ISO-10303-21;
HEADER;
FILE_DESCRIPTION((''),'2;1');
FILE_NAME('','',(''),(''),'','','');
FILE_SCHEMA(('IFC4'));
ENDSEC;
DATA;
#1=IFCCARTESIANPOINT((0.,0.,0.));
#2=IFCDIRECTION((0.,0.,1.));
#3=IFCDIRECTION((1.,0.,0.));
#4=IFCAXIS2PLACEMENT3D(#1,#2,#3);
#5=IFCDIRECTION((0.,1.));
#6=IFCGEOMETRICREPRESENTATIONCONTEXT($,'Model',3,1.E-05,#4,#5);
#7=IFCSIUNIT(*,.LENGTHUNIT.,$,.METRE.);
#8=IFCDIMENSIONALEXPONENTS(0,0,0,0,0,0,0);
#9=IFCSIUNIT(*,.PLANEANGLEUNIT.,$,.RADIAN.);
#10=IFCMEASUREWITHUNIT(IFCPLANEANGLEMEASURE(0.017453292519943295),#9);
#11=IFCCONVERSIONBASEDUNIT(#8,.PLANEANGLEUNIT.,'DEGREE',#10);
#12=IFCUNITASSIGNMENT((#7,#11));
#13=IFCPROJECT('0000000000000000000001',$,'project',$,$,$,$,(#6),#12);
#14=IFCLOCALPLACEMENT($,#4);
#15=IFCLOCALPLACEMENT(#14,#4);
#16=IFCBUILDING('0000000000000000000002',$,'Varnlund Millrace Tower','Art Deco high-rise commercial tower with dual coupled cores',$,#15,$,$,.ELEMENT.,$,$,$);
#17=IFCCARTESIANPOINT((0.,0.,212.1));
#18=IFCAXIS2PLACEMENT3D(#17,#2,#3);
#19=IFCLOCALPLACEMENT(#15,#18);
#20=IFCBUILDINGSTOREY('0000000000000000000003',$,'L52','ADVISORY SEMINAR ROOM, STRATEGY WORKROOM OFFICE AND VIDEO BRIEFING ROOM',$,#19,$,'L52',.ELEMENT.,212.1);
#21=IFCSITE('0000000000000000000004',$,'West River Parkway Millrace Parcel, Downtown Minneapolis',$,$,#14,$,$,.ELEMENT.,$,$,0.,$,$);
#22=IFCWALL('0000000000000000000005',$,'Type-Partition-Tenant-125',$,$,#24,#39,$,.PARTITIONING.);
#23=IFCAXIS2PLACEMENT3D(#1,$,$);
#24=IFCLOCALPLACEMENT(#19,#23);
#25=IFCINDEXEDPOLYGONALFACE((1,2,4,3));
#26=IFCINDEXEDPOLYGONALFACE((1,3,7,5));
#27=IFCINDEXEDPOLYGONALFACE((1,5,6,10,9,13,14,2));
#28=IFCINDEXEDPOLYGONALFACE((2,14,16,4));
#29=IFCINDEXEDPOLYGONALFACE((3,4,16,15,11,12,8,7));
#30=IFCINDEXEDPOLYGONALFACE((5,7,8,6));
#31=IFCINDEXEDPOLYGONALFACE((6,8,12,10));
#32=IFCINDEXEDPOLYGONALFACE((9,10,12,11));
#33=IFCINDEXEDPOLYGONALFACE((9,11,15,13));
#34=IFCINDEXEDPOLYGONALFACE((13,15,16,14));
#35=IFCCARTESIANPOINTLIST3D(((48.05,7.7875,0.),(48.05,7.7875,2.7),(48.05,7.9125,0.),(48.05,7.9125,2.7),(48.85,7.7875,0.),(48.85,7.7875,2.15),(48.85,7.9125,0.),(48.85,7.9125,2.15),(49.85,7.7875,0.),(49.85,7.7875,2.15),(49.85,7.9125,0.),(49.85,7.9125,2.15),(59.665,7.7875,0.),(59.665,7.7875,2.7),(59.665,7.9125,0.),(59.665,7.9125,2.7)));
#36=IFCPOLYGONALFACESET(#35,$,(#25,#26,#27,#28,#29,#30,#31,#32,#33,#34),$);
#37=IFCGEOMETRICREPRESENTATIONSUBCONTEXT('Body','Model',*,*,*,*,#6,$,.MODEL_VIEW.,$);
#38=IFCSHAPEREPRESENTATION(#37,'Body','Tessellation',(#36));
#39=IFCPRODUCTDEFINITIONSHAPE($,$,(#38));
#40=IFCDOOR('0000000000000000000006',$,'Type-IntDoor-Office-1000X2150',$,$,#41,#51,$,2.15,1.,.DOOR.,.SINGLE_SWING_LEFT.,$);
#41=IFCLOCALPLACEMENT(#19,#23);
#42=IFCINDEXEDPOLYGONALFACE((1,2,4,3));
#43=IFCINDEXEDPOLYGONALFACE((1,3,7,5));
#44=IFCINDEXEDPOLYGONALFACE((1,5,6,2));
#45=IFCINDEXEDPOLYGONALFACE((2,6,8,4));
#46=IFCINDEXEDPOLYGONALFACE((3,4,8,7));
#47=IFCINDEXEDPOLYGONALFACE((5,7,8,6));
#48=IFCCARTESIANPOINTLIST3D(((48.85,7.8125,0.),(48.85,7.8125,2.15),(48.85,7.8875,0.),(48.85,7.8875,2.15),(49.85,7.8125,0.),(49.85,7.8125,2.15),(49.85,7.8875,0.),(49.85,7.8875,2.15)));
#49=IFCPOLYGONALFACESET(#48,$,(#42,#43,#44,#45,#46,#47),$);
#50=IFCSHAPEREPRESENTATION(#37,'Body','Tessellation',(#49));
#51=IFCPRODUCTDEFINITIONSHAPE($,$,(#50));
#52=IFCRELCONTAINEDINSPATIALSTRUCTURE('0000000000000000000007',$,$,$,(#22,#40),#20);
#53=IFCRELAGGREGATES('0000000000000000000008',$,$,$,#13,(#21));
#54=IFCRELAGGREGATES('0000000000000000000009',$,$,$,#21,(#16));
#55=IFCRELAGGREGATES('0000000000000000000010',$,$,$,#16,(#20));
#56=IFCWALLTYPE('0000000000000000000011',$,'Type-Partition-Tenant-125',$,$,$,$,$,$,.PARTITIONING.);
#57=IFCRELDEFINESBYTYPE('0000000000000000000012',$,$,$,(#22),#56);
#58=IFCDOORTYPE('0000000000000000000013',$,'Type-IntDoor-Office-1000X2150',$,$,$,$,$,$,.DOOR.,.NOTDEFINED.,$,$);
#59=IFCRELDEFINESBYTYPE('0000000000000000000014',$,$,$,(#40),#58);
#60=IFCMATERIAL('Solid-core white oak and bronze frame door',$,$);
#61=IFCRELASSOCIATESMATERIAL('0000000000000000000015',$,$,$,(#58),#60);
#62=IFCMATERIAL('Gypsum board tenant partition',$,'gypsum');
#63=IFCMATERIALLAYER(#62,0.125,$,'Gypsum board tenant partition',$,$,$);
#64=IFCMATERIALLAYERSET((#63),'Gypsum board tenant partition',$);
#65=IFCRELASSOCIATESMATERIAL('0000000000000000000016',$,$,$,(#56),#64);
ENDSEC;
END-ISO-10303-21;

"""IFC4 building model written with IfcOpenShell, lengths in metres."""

from ifc_helpers import new_model, entity, si_unit, converted_unit, direction, frame, origin_with_axes, origin_2d_with_axis, place, context, subcontext, project, spatial, polyline, rectangle, outline, extrude, material, layer, layer_set, type_object, element, fill, save


model = new_model("IFC4")

# Units and contexts
model_context = context("Model", 3, precision=1e-05, world=origin_with_axes(), true_north=direction((0.0, 1.0)))
body_context = subcontext(model_context, "Body", "Model", "MODEL_VIEW")
ifc_project = project(units=[si_unit("LENGTHUNIT", "METRE"), converted_unit("PLANEANGLEUNIT", "DEGREE", entity("IfcPlaneAngleMeasure", 0.017453292519943295), si_unit("PLANEANGLEUNIT", "RADIAN"), dimensions=[0, 0, 0, 0, 0, 0, 0])], contexts=[model_context])

# Site, building, storey
site_placement = place(None, origin_with_axes())
site = spatial("IfcSite", under=ifc_project, at=site_placement, Name="West River Parkway Millrace Parcel, Downtown Minneapolis", CompositionType="ELEMENT", RefElevation=0.0)
building_placement = place(site_placement, origin_with_axes())
building = spatial("IfcBuilding", under=site, at=building_placement, Name="Varnlund Millrace Tower", Description="Art Deco high-rise commercial tower with dual coupled cores", CompositionType="ELEMENT")
storey_placement = place(building_placement, frame((0.0, 0.0, 212.1), z_axis=(0.0, 0.0, 1.0), x_axis=(1.0, 0.0, 0.0)))
storey = spatial("IfcBuildingStorey", under=building, at=storey_placement, Name="L52", Description="ADVISORY SEMINAR ROOM, STRATEGY WORKROOM OFFICE AND VIDEO BRIEFING ROOM", LongName="L52", CompositionType="ELEMENT", Elevation=212.1)

# Shared definitions
ifc_material_1 = material(Name="Solid-core white oak and bronze frame door")
door_type = type_object("IfcDoorType", Name="Type-IntDoor-Office-1000X2150", OperationType="NOTDEFINED", PredefinedType="DOOR", material=ifc_material_1)

# Wall, opening, door
ifc_material_2 = material(Name="Gypsum board tenant partition", Category="gypsum")
ifc_layer_1 = layer(ifc_material_2, 0.125, Name="Gypsum board tenant partition")
ifc_layer_set_1 = layer_set([ifc_layer_1], Name="Gypsum board tenant partition")
wall_type_1 = type_object("IfcWallType", Name="Type-Partition-Tenant-125", PredefinedType="PARTITIONING", material=ifc_layer_set_1)
wall_1_placement = place(storey_placement, frame((59.665, 7.85, 0.0), z_axis=(0.0, 0.0, 1.0), x_axis=(-1.0, 0.0, 0.0)))
wall_1 = element("IfcWall", 1, at=wall_1_placement, inside=storey, type_object=wall_type_1, Name="Type-Partition-Tenant-125", PredefinedType="PARTITIONING", context=body_context, shape_type="SweptSolid", body=[
    extrude(outline(polyline([(0.0, -0.0625), (11.615, -0.0625), (11.615, 0.0625), (0.0, 0.0625), (0.0, -0.0625)])), origin_with_axes(), (0.0, 0.0, 1.0), 2.7),
])
opening_1_placement = place(wall_1_placement, frame((10.315, 0.0, 0.0), z_axis=(0.0, 0.0, 1.0), x_axis=(1.0, 0.0, 0.0)))
opening_1 = element("IfcOpeningElement", 2, at=opening_1_placement, cuts=wall_1, PredefinedType="OPENING", context=body_context, shape_type="SweptSolid", body=[
    extrude(rectangle(XDim=1.0, YDim=0.145, at=origin_2d_with_axis()), origin_with_axes(), (0.0, 0.0, 1.0), 2.15),
])
door_1_placement = place(wall_1_placement, frame((10.315, 0.0, 0.0), z_axis=(0.0, 0.0, 1.0), x_axis=(1.0, 0.0, 0.0)))
door_1 = element("IfcDoor", 3, at=door_1_placement, inside=storey, type_object=door_type, Name="Type-IntDoor-Office-1000X2150", OperationType="SINGLE_SWING_LEFT", OverallHeight=2.15, OverallWidth=1.0, PredefinedType="DOOR", context=body_context, shape_type="SweptSolid", body=[
    extrude(rectangle(XDim=1.0, YDim=0.075, at=origin_2d_with_axis()), origin_with_axes(), (0.0, 0.0, 1.0), 2.15),
])
fill(opening_1, door_1)

save(model, "model.ifc")
